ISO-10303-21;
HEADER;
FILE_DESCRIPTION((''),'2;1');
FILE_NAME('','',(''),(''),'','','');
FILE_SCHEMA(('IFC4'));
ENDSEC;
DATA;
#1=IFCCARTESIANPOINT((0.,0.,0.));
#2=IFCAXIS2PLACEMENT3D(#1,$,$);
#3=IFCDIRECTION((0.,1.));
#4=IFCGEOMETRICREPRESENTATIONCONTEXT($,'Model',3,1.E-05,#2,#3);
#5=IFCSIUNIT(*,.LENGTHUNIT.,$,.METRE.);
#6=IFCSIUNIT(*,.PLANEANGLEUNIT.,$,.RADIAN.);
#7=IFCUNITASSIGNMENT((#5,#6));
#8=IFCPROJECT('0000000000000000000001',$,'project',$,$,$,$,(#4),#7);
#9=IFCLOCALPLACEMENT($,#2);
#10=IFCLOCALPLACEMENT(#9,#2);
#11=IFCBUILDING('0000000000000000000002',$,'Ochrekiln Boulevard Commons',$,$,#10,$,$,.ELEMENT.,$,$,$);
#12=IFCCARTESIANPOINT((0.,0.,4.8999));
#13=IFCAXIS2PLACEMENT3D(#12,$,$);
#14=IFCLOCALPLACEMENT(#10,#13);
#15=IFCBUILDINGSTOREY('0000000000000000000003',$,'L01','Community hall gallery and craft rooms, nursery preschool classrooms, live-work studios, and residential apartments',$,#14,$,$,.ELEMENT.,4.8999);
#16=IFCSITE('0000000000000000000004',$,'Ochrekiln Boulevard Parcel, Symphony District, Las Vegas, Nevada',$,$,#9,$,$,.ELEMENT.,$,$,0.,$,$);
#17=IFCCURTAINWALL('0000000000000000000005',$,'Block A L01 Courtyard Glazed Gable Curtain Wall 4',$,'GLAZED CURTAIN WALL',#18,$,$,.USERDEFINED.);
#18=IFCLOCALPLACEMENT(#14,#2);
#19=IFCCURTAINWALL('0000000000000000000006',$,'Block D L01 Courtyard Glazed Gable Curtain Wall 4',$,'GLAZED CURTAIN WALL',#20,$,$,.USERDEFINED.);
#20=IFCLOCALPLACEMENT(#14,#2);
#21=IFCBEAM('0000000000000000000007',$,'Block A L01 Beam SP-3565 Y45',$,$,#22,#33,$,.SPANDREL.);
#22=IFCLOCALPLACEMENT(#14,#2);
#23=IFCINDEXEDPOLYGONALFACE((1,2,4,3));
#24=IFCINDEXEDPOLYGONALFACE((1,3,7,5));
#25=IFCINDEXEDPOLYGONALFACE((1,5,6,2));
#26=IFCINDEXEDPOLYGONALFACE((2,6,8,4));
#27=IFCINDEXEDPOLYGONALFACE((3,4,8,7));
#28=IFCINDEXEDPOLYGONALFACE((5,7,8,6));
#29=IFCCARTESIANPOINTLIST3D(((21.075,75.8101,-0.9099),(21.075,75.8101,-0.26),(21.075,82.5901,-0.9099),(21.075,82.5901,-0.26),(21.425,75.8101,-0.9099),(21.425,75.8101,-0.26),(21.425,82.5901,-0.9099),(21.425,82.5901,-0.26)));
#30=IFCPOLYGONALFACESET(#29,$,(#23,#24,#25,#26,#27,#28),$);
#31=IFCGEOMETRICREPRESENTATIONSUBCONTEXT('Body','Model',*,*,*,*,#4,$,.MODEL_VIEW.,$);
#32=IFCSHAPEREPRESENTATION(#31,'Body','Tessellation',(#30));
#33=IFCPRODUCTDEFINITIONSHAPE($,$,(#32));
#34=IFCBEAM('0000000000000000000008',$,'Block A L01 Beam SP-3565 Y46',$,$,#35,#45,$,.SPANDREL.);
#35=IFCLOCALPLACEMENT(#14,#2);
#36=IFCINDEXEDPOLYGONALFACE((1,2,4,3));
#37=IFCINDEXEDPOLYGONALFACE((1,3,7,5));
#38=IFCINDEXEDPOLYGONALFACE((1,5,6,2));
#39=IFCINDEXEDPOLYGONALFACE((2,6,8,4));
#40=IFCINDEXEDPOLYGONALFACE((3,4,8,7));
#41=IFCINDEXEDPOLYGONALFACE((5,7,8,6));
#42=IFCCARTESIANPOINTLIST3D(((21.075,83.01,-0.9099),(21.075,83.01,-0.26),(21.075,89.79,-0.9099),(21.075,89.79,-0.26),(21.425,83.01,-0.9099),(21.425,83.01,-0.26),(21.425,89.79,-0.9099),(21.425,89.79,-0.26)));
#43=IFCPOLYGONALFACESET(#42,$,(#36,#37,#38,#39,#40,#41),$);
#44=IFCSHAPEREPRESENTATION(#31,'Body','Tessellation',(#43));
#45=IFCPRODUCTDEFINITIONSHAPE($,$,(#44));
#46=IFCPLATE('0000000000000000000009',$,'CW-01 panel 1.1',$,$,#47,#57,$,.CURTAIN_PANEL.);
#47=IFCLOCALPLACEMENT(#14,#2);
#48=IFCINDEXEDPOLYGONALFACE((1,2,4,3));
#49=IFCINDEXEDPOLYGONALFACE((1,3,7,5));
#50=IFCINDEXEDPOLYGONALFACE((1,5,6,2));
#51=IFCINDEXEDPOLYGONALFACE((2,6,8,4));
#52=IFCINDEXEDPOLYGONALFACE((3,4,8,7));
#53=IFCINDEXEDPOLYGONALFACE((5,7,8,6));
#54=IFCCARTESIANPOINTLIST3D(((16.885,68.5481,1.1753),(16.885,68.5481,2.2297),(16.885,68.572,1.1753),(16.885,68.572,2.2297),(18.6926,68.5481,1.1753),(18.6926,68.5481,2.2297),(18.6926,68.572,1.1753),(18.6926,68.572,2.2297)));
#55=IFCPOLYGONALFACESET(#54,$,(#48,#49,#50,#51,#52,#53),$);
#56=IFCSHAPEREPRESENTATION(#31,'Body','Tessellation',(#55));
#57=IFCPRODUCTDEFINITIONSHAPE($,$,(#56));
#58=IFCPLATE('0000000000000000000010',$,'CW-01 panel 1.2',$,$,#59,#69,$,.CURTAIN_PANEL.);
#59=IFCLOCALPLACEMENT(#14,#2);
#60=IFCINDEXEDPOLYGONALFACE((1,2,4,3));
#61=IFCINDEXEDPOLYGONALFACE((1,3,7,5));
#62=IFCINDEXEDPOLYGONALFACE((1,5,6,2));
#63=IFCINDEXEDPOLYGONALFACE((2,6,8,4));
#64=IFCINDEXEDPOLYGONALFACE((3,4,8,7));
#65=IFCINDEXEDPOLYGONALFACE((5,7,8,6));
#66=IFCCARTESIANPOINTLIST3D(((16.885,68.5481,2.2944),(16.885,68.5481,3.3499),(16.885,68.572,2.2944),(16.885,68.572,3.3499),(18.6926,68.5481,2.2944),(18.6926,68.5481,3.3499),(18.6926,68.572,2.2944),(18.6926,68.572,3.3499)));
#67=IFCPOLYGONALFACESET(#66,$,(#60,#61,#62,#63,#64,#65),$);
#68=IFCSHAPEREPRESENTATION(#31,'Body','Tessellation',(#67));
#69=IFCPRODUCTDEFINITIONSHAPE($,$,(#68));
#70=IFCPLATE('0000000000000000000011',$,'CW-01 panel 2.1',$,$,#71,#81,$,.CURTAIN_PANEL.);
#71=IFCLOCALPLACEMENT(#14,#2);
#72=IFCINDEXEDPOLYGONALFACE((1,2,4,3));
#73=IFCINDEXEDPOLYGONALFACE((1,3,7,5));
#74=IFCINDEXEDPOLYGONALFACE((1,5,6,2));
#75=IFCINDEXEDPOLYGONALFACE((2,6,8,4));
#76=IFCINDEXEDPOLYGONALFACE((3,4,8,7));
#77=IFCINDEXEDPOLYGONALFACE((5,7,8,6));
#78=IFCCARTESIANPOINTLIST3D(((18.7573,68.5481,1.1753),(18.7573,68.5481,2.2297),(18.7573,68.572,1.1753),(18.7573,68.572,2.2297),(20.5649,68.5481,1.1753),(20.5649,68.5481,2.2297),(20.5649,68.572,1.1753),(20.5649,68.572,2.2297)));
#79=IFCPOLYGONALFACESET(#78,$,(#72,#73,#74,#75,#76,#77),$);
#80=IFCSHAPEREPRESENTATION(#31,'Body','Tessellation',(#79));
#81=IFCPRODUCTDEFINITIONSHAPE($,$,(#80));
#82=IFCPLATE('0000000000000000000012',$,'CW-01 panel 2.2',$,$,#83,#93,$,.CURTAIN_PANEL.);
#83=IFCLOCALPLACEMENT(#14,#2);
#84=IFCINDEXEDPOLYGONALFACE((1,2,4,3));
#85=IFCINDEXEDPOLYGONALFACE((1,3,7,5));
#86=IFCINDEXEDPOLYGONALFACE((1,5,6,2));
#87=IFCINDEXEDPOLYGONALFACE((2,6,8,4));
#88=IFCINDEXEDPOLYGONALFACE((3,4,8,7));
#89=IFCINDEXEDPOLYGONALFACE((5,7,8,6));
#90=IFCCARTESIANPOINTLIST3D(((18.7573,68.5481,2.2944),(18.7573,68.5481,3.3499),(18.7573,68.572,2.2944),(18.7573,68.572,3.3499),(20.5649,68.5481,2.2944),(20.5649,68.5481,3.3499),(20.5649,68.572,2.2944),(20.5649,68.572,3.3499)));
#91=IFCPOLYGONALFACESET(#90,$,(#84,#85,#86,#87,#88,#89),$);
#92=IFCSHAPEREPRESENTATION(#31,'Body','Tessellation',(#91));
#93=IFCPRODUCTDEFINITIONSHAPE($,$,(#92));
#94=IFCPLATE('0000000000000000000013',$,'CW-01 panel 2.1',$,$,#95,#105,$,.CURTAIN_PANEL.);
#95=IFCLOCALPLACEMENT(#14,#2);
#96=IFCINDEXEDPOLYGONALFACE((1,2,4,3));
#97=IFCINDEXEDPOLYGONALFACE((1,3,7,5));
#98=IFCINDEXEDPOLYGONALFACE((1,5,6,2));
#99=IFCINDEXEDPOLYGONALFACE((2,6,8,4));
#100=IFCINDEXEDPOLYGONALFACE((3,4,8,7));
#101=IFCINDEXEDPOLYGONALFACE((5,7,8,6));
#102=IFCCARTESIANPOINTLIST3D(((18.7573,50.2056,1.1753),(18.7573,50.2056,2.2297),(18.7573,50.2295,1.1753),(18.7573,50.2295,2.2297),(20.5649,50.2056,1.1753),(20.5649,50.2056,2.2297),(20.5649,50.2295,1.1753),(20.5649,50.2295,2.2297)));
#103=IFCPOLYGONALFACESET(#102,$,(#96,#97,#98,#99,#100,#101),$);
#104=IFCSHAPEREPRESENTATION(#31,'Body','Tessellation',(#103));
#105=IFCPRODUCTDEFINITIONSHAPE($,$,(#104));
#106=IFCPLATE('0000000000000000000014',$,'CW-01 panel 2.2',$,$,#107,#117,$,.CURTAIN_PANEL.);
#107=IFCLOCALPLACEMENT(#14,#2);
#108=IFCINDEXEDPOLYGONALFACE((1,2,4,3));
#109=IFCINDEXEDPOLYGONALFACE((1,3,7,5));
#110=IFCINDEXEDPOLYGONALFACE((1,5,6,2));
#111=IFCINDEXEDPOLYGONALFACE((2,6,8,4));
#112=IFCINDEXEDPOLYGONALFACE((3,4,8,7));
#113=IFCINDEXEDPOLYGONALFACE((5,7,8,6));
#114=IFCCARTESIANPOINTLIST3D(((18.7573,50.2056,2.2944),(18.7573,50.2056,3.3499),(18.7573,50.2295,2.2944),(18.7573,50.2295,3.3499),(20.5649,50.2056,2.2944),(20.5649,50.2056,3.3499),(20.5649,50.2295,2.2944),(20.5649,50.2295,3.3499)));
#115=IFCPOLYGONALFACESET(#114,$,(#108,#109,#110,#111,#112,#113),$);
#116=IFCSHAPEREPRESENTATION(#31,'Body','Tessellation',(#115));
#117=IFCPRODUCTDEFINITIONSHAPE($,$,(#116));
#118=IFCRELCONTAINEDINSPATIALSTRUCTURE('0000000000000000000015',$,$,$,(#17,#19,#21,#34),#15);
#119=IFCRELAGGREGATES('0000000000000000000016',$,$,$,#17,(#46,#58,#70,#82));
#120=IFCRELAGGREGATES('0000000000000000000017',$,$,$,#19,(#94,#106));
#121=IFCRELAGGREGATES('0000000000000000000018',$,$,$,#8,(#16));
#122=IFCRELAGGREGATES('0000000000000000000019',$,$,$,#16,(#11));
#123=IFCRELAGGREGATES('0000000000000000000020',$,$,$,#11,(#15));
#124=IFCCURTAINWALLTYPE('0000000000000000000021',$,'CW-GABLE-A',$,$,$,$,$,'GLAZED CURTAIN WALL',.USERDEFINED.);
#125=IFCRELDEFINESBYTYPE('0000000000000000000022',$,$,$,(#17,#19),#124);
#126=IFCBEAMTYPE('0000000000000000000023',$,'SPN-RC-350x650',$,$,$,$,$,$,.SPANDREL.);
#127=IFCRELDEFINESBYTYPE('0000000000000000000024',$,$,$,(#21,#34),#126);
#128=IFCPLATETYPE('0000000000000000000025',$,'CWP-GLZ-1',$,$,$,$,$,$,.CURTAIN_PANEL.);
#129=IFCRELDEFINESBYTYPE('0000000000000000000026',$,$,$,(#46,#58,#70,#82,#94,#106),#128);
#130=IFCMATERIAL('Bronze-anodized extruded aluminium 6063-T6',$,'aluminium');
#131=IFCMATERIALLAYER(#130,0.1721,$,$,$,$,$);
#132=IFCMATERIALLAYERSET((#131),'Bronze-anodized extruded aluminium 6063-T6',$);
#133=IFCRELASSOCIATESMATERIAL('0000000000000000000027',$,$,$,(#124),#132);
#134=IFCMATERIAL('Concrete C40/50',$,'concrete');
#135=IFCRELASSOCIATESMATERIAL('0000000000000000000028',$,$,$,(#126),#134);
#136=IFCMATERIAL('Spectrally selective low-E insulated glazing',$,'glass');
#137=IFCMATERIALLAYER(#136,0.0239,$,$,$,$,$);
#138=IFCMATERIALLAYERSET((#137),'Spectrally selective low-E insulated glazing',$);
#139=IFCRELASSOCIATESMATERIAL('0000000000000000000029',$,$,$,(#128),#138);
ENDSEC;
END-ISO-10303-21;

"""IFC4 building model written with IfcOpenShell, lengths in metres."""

from ifc_helpers import new_model, si_unit, direction, frame, origin, origin_2d, place, context, subcontext, project, spatial, rectangle, extrude, material, layer, layer_set, material_profile, profile_set, type_object, element, aggregate, save


model = new_model("IFC4")

# Units and contexts
model_context = context("Model", 3, precision=1e-05, world=origin(), true_north=direction((0.0, 1.0)))
body_context = subcontext(model_context, "Body", "Model", "MODEL_VIEW")
ifc_project = project(units=[si_unit("LENGTHUNIT", "METRE"), si_unit("PLANEANGLEUNIT", "RADIAN")], contexts=[model_context])

# Site, building, storey
site_placement = place(None, origin())
site = spatial("IfcSite", under=ifc_project, at=site_placement, Name="Ochrekiln Boulevard Parcel, Symphony District, Las Vegas, Nevada", CompositionType="ELEMENT", RefElevation=0.0)
building_placement = place(site_placement, origin())
building = spatial("IfcBuilding", under=site, at=building_placement, Name="Ochrekiln Boulevard Commons", CompositionType="ELEMENT")
storey_placement = place(building_placement, frame((0.0, 0.0, 4.8999)))
storey = spatial("IfcBuildingStorey", under=building, at=storey_placement, Name="L01", Description="Community hall gallery and craft rooms, nursery preschool classrooms, live-work studios, and residential apartments", CompositionType="ELEMENT", Elevation=4.8999)

# Shared definitions
ifc_material_1 = material(Name="Concrete C40/50", Category="concrete")

# Curtain walls
ifc_material_2 = material(Name="Bronze-anodized extruded aluminium 6063-T6", Category="aluminium")
ifc_layer_1 = layer(ifc_material_2, 0.1721)
ifc_layer_set_1 = layer_set([ifc_layer_1], Name="Bronze-anodized extruded aluminium 6063-T6")
curtain_wall_type = type_object("IfcCurtainWallType", Name="CW-GABLE-A", ElementType="GLAZED CURTAIN WALL", PredefinedType="USERDEFINED", material=ifc_layer_set_1)
curtain_wall_1_placement = place(storey_placement, origin())
curtain_wall_1 = element("IfcCurtainWall", 1, at=curtain_wall_1_placement, inside=storey, type_object=curtain_wall_type, Name="Block A L01 Courtyard Glazed Gable Curtain Wall 4", ObjectType="GLAZED CURTAIN WALL", PredefinedType="USERDEFINED")
curtain_wall_2_placement = place(storey_placement, origin())
curtain_wall_2 = element("IfcCurtainWall", 2, at=curtain_wall_2_placement, inside=storey, type_object=curtain_wall_type, Name="Block D L01 Courtyard Glazed Gable Curtain Wall 4", ObjectType="GLAZED CURTAIN WALL", PredefinedType="USERDEFINED")

# Beams
ifc_material_profile_1 = material_profile(ifc_material_1, rectangle(XDim=0.3501, YDim=0.6499, at=origin_2d()), Name="RC-SPN-350x650")
ifc_profile_set_1 = profile_set([ifc_material_profile_1], Name="Concrete C40/50")
beam_type = type_object("IfcBeamType", Name="SPN-RC-350x650", PredefinedType="SPANDREL", material=ifc_profile_set_1)
for number, where, z_axis, x_axis, name in (
    (3, (21.25, 75.8101, -0.585), (0.0, 1.0, 0.0), (-1.0, 0.0, 0.0), "Block A L01 Beam SP-3565 Y45"),
    (4, (21.25, 83.01, -0.585), (0.0, 1.0, 0.0), (-1.0, 0.0, 0.0), "Block A L01 Beam SP-3565 Y46"),
):
    element("IfcBeam", number, at=place(storey_placement, frame(where, z_axis=z_axis, x_axis=x_axis)), inside=storey, type_object=beam_type, Name=name, PredefinedType="SPANDREL", context=body_context, shape_type="SweptSolid", body=[
        extrude(rectangle(XDim=0.3501, YDim=0.6499, at=origin_2d()), origin(), (0.0, 0.0, 1.0), 6.78),
    ])

# Plates
ifc_material_3 = material(Name="Spectrally selective low-E insulated glazing", Category="glass")
ifc_layer_2 = layer(ifc_material_3, 0.0239)
ifc_layer_set_2 = layer_set([ifc_layer_2], Name="Spectrally selective low-E insulated glazing")
plate_type = type_object("IfcPlateType", Name="CWP-GLZ-1", PredefinedType="CURTAIN_PANEL", material=ifc_layer_set_2)
plate_1_placement = place(storey_placement, frame((17.7888, 68.5601, 1.1753), z_axis=(0.0, 0.0, 1.0), x_axis=(1.0, 0.0, 0.0)))
plate_1 = element("IfcPlate", 5, at=plate_1_placement, type_object=plate_type, Name="CW-01 panel 1.1", PredefinedType="CURTAIN_PANEL", context=body_context, shape_type="SweptSolid", body=[
    extrude(rectangle(XDim=1.8076, YDim=0.0239, at=origin_2d()), origin(), (0.0, 0.0, 1.0), 1.0544),
])
plate_2_placement = place(storey_placement, frame((17.7888, 68.5601, 2.2944), z_axis=(0.0, 0.0, 1.0), x_axis=(1.0, 0.0, 0.0)))
plate_2 = element("IfcPlate", 6, at=plate_2_placement, type_object=plate_type, Name="CW-01 panel 1.2", PredefinedType="CURTAIN_PANEL", context=body_context, shape_type="SweptSolid", body=[
    extrude(rectangle(XDim=1.8076, YDim=0.0239, at=origin_2d()), origin(), (0.0, 0.0, 1.0), 1.0554),
])
plate_3_placement = place(storey_placement, frame((19.6611, 68.5601, 1.1753), z_axis=(0.0, 0.0, 1.0), x_axis=(1.0, 0.0, 0.0)))
plate_3 = element("IfcPlate", 7, at=plate_3_placement, type_object=plate_type, Name="CW-01 panel 2.1", PredefinedType="CURTAIN_PANEL", context=body_context, shape_type="SweptSolid", body=[
    extrude(rectangle(XDim=1.8076, YDim=0.0239, at=origin_2d()), origin(), (0.0, 0.0, 1.0), 1.0544),
])
plate_4_placement = place(storey_placement, frame((19.6611, 68.5601, 2.2944), z_axis=(0.0, 0.0, 1.0), x_axis=(1.0, 0.0, 0.0)))
plate_4 = element("IfcPlate", 8, at=plate_4_placement, type_object=plate_type, Name="CW-01 panel 2.2", PredefinedType="CURTAIN_PANEL", context=body_context, shape_type="SweptSolid", body=[
    extrude(rectangle(XDim=1.8076, YDim=0.0239, at=origin_2d()), origin(), (0.0, 0.0, 1.0), 1.0554),
])
aggregate(curtain_wall_1, [plate_1, plate_2, plate_3, plate_4])
plate_5_placement = place(storey_placement, frame((19.6611, 50.2175, 1.1753), z_axis=(0.0, 0.0, 1.0), x_axis=(1.0, 0.0, 0.0)))
plate_5 = element("IfcPlate", 9, at=plate_5_placement, type_object=plate_type, Name="CW-01 panel 2.1", PredefinedType="CURTAIN_PANEL", context=body_context, shape_type="SweptSolid", body=[
    extrude(rectangle(XDim=1.8076, YDim=0.0239, at=origin_2d()), origin(), (0.0, 0.0, 1.0), 1.0544),
])
plate_6_placement = place(storey_placement, frame((19.6611, 50.2175, 2.2944), z_axis=(0.0, 0.0, 1.0), x_axis=(1.0, 0.0, 0.0)))
plate_6 = element("IfcPlate", 10, at=plate_6_placement, type_object=plate_type, Name="CW-01 panel 2.2", PredefinedType="CURTAIN_PANEL", context=body_context, shape_type="SweptSolid", body=[
    extrude(rectangle(XDim=1.8076, YDim=0.0239, at=origin_2d()), origin(), (0.0, 0.0, 1.0), 1.0554),
])
aggregate(curtain_wall_2, [plate_5, plate_6])

save(model, "model.ifc")
